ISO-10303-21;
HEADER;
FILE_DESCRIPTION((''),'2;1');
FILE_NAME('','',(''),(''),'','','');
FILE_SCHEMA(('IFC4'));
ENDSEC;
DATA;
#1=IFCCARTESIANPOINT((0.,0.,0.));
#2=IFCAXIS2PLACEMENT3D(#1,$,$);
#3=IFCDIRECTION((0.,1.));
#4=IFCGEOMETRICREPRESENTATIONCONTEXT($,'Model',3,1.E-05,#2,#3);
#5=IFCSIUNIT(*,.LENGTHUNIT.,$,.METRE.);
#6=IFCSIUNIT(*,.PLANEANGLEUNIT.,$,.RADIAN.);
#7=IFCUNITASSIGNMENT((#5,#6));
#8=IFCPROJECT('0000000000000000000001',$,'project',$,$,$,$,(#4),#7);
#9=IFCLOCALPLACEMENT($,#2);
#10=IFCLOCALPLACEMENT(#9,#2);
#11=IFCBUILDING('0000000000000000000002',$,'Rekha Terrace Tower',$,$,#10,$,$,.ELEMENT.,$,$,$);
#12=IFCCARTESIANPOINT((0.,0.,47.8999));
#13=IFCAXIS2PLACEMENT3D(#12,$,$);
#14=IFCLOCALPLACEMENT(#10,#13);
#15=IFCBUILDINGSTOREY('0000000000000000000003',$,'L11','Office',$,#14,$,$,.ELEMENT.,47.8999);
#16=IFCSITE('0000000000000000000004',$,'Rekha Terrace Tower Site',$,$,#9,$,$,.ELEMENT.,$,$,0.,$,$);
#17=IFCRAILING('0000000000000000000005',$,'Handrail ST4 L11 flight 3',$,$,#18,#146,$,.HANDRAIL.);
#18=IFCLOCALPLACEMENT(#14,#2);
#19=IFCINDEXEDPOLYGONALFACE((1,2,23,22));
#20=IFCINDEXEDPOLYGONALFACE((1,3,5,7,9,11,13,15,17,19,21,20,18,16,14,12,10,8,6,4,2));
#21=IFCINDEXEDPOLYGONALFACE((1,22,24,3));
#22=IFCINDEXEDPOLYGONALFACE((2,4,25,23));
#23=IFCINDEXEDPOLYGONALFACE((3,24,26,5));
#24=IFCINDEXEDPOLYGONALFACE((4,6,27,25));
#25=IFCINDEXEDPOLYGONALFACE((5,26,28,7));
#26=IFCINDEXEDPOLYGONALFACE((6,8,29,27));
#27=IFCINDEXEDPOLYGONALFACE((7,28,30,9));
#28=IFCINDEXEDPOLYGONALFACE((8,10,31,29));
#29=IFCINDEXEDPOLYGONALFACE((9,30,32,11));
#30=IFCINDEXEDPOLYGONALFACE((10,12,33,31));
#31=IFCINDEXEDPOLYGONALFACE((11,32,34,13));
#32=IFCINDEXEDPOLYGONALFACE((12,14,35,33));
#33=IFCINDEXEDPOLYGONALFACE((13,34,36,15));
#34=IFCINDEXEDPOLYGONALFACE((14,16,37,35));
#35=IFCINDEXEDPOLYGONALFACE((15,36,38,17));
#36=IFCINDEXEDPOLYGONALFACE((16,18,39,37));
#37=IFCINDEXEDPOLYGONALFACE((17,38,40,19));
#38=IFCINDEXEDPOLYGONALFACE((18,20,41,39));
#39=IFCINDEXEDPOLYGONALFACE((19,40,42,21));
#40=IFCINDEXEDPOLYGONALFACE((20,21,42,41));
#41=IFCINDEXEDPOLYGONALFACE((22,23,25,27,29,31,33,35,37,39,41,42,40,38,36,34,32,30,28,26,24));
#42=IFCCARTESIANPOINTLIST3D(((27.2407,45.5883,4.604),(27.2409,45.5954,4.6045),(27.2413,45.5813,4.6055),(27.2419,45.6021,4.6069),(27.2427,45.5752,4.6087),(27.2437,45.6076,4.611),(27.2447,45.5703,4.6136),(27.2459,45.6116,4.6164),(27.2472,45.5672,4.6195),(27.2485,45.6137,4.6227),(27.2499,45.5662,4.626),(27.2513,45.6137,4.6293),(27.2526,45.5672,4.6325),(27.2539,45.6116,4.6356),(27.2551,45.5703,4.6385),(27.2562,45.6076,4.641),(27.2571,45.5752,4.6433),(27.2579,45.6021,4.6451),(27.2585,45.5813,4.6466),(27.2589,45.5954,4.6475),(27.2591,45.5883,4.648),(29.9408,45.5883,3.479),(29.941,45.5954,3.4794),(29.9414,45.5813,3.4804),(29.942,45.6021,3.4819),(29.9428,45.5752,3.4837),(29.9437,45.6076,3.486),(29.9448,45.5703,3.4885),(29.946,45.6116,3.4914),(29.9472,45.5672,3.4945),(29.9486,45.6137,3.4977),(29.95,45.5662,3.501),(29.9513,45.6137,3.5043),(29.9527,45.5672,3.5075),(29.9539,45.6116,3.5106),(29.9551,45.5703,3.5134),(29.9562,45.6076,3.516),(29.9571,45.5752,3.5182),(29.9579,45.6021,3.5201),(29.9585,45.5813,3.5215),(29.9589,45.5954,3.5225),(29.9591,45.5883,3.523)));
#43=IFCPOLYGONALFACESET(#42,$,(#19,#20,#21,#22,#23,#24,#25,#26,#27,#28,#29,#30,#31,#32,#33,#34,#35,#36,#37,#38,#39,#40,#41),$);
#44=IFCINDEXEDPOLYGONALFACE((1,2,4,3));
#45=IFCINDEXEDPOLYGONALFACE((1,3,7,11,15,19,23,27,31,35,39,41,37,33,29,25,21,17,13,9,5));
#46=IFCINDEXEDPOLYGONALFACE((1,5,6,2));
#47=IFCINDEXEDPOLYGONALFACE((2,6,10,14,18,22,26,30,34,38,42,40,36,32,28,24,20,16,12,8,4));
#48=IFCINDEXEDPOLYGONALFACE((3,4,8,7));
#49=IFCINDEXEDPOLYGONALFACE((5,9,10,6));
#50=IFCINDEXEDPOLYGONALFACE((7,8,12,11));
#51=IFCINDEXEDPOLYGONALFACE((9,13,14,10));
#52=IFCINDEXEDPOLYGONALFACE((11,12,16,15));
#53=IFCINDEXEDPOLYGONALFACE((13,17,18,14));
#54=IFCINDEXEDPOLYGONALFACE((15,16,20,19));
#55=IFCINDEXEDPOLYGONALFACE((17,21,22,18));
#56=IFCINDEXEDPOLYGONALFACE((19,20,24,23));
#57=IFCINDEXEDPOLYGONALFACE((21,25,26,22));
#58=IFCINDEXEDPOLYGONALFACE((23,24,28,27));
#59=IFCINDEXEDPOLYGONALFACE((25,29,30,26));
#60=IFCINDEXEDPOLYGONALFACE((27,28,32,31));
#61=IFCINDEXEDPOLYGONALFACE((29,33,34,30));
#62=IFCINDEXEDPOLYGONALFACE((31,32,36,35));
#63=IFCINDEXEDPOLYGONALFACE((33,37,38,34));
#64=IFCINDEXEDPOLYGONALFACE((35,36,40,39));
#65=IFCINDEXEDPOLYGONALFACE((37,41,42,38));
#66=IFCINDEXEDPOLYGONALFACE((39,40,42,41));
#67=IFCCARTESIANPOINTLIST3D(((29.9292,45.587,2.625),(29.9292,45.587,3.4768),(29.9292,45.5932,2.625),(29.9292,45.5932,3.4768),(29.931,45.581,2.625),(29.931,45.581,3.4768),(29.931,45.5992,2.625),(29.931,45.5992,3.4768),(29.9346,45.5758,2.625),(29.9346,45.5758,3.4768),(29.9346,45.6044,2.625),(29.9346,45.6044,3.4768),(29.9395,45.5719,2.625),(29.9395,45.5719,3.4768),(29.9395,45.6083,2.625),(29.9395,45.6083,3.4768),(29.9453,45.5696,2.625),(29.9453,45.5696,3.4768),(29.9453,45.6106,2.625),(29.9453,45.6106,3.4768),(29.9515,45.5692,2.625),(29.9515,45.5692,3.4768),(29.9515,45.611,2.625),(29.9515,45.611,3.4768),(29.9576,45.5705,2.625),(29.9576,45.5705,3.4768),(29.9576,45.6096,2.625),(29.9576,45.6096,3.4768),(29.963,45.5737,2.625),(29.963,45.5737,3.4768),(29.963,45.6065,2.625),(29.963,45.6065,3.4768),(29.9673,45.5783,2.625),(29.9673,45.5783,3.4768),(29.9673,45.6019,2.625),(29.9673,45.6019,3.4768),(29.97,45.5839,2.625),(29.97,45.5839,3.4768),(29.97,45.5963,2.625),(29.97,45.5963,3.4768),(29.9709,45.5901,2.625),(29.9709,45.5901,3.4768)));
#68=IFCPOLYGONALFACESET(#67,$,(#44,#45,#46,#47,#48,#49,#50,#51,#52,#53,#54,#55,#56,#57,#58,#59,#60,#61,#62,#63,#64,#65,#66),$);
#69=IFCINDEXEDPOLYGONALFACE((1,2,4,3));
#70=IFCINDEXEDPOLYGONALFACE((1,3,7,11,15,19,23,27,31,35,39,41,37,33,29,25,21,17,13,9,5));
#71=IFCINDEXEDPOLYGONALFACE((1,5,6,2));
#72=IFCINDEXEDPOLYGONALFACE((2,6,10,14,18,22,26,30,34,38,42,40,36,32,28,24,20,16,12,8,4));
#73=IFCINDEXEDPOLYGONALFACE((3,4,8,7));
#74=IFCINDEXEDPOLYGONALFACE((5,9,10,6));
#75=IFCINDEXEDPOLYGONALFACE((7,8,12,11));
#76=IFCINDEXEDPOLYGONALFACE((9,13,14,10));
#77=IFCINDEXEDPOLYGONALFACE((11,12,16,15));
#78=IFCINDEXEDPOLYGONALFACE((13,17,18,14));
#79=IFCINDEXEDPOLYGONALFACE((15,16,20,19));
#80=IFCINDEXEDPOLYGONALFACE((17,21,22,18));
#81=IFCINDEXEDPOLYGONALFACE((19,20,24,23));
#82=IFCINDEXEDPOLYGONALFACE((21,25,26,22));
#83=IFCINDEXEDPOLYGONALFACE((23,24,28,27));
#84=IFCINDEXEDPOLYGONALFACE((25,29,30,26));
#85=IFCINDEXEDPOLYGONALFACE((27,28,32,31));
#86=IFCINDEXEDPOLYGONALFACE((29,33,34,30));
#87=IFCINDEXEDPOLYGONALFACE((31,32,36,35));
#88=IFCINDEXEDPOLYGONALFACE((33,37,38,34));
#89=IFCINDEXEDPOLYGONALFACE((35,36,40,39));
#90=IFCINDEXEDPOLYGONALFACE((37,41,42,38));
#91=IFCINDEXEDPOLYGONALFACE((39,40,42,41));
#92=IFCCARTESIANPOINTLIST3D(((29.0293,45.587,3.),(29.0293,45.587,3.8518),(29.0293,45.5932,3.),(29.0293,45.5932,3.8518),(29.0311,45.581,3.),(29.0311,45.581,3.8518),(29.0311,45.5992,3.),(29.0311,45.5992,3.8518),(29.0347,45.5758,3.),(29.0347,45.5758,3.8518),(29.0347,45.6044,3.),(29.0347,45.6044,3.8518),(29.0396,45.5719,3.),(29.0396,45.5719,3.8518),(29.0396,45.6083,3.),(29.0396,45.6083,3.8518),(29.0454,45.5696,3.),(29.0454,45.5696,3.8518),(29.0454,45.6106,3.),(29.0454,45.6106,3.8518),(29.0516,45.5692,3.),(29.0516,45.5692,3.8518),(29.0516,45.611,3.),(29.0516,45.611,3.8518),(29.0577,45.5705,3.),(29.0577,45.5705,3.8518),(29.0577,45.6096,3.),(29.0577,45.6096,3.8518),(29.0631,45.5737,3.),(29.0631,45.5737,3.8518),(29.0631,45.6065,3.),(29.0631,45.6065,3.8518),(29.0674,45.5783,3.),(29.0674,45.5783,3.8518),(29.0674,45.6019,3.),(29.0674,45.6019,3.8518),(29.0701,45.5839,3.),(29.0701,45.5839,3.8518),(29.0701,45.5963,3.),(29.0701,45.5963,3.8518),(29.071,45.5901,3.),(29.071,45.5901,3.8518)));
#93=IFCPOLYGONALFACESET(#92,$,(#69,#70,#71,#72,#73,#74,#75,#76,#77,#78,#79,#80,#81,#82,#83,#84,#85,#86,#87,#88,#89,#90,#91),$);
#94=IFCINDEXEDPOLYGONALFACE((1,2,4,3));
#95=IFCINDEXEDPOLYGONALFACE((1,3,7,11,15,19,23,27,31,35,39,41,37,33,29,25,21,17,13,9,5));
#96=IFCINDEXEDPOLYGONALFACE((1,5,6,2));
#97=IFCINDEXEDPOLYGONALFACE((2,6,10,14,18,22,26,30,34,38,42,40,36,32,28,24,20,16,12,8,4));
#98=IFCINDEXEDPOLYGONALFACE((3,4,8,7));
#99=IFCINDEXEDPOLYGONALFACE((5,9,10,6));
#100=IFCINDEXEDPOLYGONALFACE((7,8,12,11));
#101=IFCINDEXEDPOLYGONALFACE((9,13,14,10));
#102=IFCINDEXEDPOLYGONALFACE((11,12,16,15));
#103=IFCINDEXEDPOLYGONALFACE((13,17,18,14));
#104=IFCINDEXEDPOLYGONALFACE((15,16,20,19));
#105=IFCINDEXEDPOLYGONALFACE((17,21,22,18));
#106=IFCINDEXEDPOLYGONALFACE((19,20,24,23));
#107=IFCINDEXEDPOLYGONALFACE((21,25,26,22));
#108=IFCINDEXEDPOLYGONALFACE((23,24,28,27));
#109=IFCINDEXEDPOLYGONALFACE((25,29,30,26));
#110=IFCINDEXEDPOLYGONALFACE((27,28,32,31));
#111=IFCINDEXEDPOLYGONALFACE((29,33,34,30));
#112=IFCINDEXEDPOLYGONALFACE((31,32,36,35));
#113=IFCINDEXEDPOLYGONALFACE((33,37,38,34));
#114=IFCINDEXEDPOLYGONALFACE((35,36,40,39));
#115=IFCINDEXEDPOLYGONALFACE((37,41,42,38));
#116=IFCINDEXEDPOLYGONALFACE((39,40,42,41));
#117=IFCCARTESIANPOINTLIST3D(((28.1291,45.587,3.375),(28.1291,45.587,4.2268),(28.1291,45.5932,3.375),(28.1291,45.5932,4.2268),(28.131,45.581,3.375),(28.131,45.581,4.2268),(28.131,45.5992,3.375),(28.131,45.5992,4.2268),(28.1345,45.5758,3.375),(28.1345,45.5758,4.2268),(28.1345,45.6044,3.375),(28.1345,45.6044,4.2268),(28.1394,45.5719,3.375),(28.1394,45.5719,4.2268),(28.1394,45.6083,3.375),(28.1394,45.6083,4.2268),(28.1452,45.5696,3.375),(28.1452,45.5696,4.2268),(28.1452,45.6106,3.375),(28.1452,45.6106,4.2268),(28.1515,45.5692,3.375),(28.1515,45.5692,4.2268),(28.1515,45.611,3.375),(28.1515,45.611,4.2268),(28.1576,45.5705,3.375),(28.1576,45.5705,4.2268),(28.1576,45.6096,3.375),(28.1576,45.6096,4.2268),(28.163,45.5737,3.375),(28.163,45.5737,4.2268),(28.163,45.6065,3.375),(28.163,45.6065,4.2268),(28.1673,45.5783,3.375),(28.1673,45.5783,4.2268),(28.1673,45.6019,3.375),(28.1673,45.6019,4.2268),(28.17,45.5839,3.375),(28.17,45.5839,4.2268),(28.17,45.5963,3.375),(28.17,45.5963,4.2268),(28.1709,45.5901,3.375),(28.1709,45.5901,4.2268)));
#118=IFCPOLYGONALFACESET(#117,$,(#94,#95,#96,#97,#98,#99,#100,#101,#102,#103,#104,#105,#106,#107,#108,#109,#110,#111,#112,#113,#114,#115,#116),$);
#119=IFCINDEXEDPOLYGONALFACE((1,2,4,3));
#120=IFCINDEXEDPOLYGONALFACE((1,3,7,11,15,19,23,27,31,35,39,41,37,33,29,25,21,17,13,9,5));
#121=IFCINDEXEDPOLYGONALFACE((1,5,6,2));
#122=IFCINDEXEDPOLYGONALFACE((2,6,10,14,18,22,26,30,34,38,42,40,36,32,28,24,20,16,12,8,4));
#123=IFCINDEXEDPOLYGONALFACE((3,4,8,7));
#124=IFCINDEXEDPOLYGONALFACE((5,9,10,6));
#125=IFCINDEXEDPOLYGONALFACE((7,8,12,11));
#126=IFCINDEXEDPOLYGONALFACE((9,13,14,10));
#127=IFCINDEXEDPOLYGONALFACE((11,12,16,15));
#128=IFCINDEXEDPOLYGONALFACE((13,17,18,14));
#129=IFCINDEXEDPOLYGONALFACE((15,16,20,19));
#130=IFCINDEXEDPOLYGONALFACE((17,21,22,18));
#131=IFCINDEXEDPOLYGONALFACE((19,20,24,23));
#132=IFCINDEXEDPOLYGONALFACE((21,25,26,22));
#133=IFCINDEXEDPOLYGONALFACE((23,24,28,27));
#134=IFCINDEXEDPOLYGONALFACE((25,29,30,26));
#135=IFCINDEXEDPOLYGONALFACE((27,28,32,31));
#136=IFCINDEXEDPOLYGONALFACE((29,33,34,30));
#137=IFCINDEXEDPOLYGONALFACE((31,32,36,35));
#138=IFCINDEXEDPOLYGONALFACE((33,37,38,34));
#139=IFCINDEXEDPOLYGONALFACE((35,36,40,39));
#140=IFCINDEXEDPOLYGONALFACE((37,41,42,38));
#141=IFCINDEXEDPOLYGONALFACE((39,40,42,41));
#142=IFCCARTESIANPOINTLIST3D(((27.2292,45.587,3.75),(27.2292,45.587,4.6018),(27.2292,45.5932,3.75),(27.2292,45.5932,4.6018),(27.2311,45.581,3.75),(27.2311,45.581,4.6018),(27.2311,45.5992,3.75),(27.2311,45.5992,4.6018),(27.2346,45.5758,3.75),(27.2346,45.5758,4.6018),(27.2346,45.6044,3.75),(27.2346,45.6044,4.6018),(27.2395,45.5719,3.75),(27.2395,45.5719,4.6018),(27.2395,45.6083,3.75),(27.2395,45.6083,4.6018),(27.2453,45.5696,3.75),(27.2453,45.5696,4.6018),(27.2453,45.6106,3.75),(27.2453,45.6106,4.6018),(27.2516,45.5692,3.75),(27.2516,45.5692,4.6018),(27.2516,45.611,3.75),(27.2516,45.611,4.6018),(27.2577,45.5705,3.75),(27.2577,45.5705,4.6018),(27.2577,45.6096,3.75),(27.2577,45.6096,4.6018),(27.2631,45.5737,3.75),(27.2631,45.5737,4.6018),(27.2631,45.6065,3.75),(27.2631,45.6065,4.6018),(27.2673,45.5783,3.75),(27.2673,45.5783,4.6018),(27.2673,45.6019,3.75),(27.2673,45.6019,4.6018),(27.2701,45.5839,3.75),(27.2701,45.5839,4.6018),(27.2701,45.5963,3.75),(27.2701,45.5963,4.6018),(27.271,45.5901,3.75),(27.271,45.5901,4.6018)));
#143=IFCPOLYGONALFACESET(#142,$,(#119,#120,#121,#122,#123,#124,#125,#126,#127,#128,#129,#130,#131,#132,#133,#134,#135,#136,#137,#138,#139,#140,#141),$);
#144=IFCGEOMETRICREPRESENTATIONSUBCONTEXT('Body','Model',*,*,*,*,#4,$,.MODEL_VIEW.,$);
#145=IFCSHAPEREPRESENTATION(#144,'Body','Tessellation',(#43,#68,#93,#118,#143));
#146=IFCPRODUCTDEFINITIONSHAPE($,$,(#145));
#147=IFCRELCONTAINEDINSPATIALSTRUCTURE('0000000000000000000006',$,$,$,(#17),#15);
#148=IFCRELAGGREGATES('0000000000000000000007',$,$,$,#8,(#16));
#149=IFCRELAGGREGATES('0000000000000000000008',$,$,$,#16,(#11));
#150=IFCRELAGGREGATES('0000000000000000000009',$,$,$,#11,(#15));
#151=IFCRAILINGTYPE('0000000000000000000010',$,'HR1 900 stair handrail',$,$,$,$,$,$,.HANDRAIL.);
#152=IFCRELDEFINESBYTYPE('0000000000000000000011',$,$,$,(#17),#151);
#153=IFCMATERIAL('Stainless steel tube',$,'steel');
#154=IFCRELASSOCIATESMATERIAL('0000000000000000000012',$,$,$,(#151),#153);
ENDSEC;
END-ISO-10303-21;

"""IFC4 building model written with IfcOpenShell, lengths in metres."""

from ifc_helpers import new_model, si_unit, direction, frame, origin, origin_2d, place, context, subcontext, project, spatial, circle, extrude, material, type_object, element, save


model = new_model("IFC4")

# Units and contexts
model_context = context("Model", 3, precision=1e-05, world=origin(), true_north=direction((0.0, 1.0)))
body_context = subcontext(model_context, "Body", "Model", "MODEL_VIEW")
ifc_project = project(units=[si_unit("LENGTHUNIT", "METRE"), si_unit("PLANEANGLEUNIT", "RADIAN")], contexts=[model_context])

# Site, building, storey
site_placement = place(None, origin())
site = spatial("IfcSite", under=ifc_project, at=site_placement, Name="Rekha Terrace Tower Site", CompositionType="ELEMENT", RefElevation=0.0)
building_placement = place(site_placement, origin())
building = spatial("IfcBuilding", under=site, at=building_placement, Name="Rekha Terrace Tower", CompositionType="ELEMENT")
storey_placement = place(building_placement, frame((0.0, 0.0, 47.8999)))
storey = spatial("IfcBuildingStorey", under=building, at=storey_placement, Name="L11", Description="Office", CompositionType="ELEMENT", Elevation=47.8999)

# Railing
ifc_material_1 = material(Name="Stainless steel tube", Category="steel")
railing_type_1 = type_object("IfcRailingType", Name="HR1 900 stair handrail", PredefinedType="HANDRAIL", material=ifc_material_1)
railing_1_placement = place(storey_placement, frame((29.95, 45.5901, 2.625)))
element("IfcRailing", 1, at=railing_1_placement, inside=storey, type_object=railing_type_1, Name="Handrail ST4 L11 flight 3", PredefinedType="HANDRAIL", context=body_context, shape_type="SweptSolid", body=[
    extrude(circle(Radius=0.0239, at=origin_2d()), frame((0.0, 0.0, 0.876), z_axis=(-0.923074, 0.0, 0.384621), x_axis=(0.0, -1.0, 0.0)), (0.0, 0.0, 1.0), 2.925),
    extrude(circle(Radius=0.021, at=origin_2d()), origin(), (0.0, 0.0, 1.0), 0.8518),
    extrude(circle(Radius=0.021, at=origin_2d()), frame((-0.8999, 0.0, 0.375)), (0.0, 0.0, 1.0), 0.8518),
    extrude(circle(Radius=0.021, at=origin_2d()), frame((-1.8, 0.0, 0.75)), (0.0, 0.0, 1.0), 0.8518),
    extrude(circle(Radius=0.021, at=origin_2d()), frame((-2.7, 0.0, 1.125)), (0.0, 0.0, 1.0), 0.8518),
])

save(model, "model.ifc")
